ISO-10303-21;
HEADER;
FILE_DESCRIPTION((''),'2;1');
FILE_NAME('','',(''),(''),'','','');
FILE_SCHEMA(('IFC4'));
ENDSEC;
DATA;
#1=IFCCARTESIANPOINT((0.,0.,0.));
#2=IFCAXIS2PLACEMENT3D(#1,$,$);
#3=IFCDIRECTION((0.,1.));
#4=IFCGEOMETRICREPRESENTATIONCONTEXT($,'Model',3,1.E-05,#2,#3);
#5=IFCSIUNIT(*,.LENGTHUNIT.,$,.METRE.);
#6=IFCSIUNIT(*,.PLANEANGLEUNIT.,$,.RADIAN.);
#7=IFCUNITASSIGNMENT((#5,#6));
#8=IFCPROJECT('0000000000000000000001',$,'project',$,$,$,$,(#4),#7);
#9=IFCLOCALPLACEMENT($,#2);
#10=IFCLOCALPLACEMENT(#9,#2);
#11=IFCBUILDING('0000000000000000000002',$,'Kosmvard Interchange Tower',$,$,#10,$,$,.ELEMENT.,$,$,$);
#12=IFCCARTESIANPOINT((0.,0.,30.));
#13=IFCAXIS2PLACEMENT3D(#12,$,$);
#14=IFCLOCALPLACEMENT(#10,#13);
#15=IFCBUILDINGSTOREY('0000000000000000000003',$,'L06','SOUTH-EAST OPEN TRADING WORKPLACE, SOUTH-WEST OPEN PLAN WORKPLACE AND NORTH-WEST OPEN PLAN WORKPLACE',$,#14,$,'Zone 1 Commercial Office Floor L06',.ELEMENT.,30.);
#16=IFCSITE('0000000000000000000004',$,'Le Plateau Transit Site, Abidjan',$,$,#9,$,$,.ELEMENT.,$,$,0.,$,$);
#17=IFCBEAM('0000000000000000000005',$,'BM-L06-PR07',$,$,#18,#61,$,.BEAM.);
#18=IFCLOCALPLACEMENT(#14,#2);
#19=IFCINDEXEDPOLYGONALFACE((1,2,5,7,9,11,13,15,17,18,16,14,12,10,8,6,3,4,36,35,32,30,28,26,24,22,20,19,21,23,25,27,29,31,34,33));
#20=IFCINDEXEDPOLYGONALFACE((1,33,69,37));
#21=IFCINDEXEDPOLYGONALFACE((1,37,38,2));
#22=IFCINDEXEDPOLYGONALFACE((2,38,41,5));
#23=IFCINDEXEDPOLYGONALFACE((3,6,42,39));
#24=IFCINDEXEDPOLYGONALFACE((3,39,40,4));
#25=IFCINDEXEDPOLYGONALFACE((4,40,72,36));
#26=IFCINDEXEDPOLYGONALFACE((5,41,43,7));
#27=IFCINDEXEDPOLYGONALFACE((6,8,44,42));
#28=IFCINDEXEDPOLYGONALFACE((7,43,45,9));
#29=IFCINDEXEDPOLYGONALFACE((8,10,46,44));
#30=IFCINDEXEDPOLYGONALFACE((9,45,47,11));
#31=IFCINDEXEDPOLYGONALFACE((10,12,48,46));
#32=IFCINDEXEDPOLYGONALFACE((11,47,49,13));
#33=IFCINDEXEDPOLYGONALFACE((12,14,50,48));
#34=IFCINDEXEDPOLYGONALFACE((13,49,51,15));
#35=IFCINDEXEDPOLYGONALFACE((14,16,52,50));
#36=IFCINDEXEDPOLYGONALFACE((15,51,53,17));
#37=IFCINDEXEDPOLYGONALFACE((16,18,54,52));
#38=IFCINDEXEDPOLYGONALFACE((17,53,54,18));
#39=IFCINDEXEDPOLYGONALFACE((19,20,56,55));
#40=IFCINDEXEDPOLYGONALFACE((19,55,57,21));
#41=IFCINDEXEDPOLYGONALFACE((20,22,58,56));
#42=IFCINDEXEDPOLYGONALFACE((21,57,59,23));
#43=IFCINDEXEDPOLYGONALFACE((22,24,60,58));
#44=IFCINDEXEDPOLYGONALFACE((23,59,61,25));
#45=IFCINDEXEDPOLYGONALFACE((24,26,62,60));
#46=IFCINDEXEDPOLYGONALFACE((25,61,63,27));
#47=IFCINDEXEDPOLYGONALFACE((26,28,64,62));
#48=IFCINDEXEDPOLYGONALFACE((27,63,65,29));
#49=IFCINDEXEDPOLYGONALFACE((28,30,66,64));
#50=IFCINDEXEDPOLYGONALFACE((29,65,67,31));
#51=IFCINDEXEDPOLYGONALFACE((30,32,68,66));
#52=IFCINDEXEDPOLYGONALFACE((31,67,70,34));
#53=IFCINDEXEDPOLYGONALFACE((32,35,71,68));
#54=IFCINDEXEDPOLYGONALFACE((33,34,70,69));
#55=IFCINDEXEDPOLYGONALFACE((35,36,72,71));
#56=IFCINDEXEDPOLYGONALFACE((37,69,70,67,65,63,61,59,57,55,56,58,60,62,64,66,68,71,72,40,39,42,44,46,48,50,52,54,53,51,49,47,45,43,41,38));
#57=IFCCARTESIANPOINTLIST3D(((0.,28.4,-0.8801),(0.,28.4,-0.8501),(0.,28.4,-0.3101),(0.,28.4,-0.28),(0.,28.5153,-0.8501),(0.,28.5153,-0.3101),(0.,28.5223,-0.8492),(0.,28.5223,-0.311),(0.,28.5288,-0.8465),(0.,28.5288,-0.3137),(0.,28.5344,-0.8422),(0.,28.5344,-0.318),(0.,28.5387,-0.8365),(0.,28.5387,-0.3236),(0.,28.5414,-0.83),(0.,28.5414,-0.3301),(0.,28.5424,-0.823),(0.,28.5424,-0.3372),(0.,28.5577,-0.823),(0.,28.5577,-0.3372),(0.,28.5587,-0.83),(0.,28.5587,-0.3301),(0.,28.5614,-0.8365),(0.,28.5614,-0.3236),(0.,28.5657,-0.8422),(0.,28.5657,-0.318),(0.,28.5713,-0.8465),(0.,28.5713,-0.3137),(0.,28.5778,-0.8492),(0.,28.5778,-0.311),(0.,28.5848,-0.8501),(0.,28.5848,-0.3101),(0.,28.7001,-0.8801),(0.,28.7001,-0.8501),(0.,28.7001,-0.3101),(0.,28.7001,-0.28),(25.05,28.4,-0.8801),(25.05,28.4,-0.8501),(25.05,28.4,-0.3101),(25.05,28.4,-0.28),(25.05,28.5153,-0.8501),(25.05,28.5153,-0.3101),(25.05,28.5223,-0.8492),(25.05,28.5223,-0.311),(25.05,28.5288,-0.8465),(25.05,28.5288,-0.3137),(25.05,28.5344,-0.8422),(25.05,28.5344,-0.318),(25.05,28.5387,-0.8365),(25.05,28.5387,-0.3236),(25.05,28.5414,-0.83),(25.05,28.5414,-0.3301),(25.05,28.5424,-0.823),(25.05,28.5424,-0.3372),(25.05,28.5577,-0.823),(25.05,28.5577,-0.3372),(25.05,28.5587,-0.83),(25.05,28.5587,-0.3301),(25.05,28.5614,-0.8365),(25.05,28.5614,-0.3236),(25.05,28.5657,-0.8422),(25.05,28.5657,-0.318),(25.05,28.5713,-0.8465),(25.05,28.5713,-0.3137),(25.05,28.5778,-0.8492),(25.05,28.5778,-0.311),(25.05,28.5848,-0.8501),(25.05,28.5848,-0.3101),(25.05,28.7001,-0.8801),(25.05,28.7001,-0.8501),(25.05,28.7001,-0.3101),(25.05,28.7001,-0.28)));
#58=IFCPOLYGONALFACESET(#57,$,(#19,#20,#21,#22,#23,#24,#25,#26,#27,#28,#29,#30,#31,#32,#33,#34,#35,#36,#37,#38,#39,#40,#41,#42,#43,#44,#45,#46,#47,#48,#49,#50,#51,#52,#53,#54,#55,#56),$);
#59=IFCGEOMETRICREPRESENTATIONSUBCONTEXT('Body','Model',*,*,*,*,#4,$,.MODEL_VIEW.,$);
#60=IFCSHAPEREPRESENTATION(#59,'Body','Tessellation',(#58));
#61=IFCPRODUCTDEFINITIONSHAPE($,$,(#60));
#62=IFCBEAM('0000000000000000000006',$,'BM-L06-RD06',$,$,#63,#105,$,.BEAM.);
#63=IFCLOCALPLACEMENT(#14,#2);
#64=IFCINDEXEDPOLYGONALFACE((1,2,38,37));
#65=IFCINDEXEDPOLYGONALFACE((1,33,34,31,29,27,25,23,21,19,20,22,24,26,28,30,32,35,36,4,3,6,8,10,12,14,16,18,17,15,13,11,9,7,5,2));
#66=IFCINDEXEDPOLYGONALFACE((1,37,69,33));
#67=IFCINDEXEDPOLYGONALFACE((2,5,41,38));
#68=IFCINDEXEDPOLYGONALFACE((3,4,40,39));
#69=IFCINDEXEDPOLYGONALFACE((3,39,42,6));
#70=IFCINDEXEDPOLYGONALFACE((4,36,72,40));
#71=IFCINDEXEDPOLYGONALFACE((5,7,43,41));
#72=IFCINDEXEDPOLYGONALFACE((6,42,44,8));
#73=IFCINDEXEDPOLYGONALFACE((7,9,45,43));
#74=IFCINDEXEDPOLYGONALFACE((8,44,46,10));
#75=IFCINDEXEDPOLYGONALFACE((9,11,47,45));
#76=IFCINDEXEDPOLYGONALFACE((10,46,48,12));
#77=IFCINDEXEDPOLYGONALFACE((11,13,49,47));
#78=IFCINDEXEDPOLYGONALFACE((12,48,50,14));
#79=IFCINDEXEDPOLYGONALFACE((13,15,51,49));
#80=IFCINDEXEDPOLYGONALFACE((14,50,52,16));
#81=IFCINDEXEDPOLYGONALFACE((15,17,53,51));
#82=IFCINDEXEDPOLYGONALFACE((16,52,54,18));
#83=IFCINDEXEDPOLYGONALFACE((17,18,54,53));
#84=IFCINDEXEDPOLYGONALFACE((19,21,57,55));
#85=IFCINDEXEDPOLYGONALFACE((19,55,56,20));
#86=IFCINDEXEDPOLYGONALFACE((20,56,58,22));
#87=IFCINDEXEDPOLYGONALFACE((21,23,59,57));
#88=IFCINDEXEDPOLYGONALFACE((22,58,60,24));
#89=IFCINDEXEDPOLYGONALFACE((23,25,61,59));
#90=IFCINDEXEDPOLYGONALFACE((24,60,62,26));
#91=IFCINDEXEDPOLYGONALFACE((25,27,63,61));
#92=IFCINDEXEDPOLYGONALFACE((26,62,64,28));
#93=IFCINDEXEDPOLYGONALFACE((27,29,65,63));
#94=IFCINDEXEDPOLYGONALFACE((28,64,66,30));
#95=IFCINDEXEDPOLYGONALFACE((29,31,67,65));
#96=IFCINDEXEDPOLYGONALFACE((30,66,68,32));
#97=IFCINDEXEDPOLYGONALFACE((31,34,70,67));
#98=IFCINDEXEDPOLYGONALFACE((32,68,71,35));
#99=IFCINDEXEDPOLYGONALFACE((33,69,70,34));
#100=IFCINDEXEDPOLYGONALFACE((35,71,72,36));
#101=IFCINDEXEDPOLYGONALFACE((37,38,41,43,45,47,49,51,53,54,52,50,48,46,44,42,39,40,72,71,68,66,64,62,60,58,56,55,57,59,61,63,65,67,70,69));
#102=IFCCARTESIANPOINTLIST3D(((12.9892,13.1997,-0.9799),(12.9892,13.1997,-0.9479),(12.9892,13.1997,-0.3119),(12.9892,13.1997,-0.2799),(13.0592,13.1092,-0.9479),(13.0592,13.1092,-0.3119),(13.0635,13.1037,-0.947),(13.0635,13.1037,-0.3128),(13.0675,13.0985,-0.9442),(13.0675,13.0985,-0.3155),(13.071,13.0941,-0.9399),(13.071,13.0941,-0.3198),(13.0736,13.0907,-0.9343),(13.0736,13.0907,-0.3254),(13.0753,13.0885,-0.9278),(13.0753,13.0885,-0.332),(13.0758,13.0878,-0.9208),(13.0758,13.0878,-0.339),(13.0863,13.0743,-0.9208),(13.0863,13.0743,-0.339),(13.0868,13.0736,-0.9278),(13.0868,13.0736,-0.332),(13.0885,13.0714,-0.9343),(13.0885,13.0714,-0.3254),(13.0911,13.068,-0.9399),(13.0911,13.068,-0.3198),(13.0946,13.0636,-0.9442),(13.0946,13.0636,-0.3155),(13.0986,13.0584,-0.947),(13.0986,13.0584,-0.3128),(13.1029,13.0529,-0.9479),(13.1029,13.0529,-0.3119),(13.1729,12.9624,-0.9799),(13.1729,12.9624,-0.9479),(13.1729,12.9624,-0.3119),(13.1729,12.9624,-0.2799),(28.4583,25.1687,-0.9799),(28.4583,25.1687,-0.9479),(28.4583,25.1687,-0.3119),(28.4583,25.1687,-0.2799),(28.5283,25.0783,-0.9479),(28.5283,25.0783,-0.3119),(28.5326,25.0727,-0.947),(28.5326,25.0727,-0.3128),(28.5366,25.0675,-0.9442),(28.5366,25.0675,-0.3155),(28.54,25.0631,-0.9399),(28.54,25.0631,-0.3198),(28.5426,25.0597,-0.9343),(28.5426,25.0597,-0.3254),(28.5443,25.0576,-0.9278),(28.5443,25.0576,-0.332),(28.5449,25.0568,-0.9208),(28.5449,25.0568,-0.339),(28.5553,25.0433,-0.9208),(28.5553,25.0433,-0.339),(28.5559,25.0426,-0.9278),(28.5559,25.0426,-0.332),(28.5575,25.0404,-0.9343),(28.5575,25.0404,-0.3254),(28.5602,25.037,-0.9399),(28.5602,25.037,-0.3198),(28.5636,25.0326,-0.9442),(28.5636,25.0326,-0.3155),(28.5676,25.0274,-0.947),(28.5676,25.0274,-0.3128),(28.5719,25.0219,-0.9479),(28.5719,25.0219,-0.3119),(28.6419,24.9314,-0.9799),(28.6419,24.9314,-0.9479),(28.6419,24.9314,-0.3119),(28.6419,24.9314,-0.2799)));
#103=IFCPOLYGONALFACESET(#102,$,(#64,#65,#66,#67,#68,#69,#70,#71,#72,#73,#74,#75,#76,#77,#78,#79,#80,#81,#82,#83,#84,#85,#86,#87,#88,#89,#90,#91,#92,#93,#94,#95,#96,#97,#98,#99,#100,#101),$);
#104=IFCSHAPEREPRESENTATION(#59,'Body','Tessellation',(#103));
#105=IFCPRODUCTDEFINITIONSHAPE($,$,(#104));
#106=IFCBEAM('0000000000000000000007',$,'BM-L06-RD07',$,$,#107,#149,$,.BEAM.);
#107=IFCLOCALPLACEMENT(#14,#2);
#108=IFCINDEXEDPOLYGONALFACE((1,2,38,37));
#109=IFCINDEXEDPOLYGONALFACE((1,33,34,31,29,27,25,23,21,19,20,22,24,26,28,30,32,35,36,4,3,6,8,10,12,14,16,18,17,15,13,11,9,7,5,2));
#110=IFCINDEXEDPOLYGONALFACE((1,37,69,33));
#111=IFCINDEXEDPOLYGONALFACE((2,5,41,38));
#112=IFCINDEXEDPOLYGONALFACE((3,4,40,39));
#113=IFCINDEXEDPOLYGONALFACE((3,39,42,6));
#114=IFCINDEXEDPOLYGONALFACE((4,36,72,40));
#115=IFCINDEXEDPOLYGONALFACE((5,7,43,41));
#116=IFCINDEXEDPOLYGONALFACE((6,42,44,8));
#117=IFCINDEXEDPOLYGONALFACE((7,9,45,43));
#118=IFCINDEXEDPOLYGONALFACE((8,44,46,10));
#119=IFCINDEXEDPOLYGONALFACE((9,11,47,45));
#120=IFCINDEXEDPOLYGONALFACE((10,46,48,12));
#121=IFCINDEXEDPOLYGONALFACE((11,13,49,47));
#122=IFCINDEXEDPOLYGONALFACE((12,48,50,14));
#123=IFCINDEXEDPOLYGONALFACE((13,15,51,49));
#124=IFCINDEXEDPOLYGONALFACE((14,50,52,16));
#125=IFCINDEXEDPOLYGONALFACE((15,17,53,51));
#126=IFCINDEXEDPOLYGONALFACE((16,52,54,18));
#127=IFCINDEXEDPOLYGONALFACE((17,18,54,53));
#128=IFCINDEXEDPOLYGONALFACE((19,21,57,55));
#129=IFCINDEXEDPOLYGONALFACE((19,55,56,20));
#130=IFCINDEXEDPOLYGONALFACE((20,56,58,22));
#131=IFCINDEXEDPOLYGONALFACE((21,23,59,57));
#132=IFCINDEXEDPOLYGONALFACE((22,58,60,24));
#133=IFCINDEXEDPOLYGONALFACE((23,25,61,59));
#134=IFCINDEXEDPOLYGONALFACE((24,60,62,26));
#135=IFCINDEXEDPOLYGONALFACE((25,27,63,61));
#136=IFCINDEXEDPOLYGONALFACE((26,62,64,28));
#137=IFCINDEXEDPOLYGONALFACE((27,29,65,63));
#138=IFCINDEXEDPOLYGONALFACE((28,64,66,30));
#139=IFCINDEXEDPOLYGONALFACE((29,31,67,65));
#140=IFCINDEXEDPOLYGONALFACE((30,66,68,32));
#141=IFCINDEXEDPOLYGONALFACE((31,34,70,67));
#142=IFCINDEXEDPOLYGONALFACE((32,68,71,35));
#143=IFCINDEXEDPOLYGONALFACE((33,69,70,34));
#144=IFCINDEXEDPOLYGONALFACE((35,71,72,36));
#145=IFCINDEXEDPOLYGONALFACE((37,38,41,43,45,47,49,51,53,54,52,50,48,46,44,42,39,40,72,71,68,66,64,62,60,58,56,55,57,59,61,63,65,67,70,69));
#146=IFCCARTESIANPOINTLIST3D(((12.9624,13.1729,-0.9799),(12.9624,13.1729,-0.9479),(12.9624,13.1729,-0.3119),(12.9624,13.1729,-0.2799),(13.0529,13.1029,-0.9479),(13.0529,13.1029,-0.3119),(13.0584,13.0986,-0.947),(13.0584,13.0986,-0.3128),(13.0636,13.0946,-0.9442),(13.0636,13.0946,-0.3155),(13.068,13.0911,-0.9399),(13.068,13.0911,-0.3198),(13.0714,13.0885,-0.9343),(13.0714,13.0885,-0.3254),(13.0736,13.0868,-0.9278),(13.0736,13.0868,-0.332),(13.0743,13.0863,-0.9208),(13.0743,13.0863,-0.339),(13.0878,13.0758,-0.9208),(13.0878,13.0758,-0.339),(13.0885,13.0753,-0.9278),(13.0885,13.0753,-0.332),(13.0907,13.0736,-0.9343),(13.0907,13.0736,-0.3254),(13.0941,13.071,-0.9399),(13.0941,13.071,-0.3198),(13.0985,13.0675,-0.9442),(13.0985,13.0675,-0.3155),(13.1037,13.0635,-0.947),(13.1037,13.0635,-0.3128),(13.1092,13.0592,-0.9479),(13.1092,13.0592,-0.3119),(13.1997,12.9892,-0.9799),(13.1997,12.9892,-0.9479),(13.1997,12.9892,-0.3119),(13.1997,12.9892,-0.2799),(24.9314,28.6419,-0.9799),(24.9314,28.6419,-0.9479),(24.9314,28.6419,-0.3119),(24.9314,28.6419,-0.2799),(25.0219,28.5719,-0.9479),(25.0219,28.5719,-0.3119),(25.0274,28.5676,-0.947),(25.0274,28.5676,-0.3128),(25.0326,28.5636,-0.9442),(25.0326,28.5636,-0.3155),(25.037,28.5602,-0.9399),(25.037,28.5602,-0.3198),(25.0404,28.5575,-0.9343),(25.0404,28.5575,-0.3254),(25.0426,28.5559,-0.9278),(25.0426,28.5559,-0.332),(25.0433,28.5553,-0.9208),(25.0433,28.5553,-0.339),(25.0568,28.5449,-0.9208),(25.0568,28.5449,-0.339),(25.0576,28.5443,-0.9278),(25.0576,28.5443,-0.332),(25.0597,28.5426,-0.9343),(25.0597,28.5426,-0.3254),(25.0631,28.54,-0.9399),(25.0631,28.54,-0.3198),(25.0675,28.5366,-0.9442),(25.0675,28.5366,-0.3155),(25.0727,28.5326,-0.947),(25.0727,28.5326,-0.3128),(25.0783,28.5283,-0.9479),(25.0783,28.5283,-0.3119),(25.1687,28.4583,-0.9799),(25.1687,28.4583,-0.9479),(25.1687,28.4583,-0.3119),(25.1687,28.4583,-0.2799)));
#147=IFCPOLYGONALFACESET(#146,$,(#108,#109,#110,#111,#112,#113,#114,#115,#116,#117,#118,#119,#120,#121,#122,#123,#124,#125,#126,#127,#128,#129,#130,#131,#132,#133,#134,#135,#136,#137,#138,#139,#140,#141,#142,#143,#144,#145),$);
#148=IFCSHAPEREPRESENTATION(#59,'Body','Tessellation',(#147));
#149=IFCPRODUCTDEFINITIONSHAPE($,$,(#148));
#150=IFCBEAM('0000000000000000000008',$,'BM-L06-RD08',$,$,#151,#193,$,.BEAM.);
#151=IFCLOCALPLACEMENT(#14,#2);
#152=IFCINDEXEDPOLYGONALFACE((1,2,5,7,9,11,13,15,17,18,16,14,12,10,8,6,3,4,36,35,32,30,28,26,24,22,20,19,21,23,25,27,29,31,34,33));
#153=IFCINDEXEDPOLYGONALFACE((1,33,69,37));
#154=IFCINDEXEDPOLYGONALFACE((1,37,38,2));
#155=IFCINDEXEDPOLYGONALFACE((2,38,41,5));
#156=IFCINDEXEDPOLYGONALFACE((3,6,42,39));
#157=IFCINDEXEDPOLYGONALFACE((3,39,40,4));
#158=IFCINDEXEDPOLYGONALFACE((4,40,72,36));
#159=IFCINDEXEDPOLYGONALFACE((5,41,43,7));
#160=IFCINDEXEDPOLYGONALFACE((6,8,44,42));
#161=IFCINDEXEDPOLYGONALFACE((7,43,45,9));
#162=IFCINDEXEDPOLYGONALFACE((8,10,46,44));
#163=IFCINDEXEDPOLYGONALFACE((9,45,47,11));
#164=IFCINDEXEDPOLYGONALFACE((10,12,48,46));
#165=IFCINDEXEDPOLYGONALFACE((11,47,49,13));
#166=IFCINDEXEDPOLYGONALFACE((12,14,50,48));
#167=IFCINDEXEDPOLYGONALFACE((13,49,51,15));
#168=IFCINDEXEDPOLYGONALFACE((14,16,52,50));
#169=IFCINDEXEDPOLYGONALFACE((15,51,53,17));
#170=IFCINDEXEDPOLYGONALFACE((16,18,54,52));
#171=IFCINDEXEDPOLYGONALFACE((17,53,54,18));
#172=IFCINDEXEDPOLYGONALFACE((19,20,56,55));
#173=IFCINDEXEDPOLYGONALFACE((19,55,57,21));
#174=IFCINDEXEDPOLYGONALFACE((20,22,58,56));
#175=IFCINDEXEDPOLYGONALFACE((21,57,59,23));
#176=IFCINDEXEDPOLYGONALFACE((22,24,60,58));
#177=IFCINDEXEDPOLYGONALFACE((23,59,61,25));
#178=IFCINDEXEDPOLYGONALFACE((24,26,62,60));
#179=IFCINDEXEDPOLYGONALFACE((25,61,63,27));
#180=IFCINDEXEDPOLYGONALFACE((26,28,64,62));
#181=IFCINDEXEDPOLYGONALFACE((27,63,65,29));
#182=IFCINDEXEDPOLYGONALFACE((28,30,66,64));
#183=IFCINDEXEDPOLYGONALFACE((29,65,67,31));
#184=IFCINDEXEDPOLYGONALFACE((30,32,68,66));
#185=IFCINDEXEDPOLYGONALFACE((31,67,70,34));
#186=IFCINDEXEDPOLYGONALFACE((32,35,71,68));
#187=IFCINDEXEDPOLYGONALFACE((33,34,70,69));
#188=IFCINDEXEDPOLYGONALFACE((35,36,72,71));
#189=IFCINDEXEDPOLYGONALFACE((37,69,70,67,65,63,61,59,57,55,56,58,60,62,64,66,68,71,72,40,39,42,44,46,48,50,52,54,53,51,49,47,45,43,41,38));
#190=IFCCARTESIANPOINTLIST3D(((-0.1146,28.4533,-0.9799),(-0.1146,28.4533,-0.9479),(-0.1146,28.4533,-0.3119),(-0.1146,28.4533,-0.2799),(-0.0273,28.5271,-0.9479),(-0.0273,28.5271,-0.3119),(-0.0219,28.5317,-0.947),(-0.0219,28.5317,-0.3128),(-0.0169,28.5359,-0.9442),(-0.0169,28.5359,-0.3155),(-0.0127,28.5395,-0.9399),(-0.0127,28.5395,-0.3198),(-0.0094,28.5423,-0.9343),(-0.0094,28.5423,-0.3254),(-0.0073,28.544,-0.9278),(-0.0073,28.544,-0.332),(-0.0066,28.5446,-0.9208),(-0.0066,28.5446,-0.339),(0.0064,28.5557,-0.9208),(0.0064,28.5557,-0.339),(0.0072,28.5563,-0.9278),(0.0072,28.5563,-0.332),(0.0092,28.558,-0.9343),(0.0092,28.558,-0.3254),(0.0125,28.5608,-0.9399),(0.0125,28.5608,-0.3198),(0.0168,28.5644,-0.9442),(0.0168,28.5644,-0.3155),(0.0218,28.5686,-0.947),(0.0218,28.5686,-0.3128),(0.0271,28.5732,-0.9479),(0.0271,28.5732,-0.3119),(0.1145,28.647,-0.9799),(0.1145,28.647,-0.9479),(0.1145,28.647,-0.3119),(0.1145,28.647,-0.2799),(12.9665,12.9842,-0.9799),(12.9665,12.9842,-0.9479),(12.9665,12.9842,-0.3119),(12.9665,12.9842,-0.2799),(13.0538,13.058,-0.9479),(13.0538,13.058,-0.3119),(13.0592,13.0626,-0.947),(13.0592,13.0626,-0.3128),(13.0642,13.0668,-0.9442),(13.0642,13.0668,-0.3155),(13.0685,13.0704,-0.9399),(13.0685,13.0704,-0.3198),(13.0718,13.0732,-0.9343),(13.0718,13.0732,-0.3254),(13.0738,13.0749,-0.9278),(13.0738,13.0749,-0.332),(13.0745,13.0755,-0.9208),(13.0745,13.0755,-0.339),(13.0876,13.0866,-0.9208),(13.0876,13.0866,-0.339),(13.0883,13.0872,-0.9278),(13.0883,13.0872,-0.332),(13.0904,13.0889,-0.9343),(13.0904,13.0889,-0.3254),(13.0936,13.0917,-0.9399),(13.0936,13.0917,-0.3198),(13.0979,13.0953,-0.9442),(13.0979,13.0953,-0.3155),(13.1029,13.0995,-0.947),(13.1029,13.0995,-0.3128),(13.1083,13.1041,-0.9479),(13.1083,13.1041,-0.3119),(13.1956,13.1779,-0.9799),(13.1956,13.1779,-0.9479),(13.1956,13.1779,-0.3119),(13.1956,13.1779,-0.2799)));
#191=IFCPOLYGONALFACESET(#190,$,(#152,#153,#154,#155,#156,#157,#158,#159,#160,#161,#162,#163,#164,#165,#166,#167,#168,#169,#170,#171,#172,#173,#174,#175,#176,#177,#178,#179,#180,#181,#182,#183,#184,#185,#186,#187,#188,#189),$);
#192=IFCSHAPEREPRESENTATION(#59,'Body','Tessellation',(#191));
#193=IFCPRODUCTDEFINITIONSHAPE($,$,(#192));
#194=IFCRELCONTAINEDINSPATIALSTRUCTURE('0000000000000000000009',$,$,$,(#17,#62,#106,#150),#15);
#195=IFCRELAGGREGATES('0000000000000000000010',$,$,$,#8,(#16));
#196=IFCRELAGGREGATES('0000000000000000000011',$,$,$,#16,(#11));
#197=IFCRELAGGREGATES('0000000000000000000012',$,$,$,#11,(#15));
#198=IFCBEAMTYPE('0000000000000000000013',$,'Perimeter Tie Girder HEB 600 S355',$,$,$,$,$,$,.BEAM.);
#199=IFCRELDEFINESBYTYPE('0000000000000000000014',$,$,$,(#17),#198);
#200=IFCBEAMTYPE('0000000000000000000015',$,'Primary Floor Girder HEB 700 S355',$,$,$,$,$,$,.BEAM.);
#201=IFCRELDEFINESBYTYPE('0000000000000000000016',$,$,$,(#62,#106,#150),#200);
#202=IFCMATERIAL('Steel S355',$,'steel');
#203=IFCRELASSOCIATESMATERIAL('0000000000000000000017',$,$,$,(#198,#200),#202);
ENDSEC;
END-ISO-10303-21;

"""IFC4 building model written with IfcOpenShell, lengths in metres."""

from ifc_helpers import new_model, si_unit, direction, frame, origin, origin_2d, place, context, subcontext, project, spatial, i_section, extrude, source, transform, mapped, material, material_profile, profile_set, type_object, element, save


model = new_model("IFC4")

# Units and contexts
model_context = context("Model", 3, precision=1e-05, world=origin(), true_north=direction((0.0, 1.0)))
body_context = subcontext(model_context, "Body", "Model", "MODEL_VIEW")
ifc_project = project(units=[si_unit("LENGTHUNIT", "METRE"), si_unit("PLANEANGLEUNIT", "RADIAN")], contexts=[model_context])

# Site, building, storey
site_placement = place(None, origin())
site = spatial("IfcSite", under=ifc_project, at=site_placement, Name="Le Plateau Transit Site, Abidjan", CompositionType="ELEMENT", RefElevation=0.0)
building_placement = place(site_placement, origin())
building = spatial("IfcBuilding", under=site, at=building_placement, Name="Kosmvard Interchange Tower", CompositionType="ELEMENT")
storey_placement = place(building_placement, frame((0.0, 0.0, 30.0)))
storey = spatial("IfcBuildingStorey", under=building, at=storey_placement, Name="L06", Description="SOUTH-EAST OPEN TRADING WORKPLACE, SOUTH-WEST OPEN PLAN WORKPLACE AND NORTH-WEST OPEN PLAN WORKPLACE", LongName="Zone 1 Commercial Office Floor L06", CompositionType="ELEMENT", Elevation=30.0)

# Beams
ifc_material_1 = material(Name="Steel S355", Category="steel")
ifc_material_profile_1 = material_profile(ifc_material_1, i_section(OverallWidth=0.3, OverallDepth=0.6001, WebThickness=0.0154, FlangeThickness=0.03, FilletRadius=0.0271, at=origin_2d()), Name="HEB 600")
ifc_profile_set_1 = profile_set([ifc_material_profile_1], Name="Steel S355")
beam_type_1 = type_object("IfcBeamType", Name="Perimeter Tie Girder HEB 600 S355", PredefinedType="BEAM", material=ifc_profile_set_1)
shared_shape_1 = source(origin(), body_context, "Body", "SweptSolid", [
    extrude(i_section(OverallWidth=0.3, OverallDepth=0.6001, WebThickness=0.0154, FlangeThickness=0.03, FilletRadius=0.0271, at=origin_2d()), origin(), (0.0, 0.0, 1.0), 25.05),
])
beam_1_placement = place(storey_placement, frame((25.05, 28.55, -0.5801), z_axis=(-1.0, 0.0, 0.0), x_axis=(0.0, -1.0, 0.0)))
element("IfcBeam", 1, at=beam_1_placement, inside=storey, type_object=beam_type_1, Name="BM-L06-PR07", PredefinedType="BEAM", context=body_context, shape_type="MappedRepresentation", body=[
    mapped(shared_shape_1, transform((0.0, 0.0, 0.0), scale=1.0)),
])
ifc_material_profile_2 = material_profile(ifc_material_1, i_section(OverallWidth=0.3, OverallDepth=0.7, WebThickness=0.0171, FlangeThickness=0.032, FilletRadius=0.0271, at=origin_2d()), Name="HEB 700")
ifc_profile_set_2 = profile_set([ifc_material_profile_2], Name="Steel S355")
beam_type_2 = type_object("IfcBeamType", Name="Primary Floor Girder HEB 700 S355", PredefinedType="BEAM", material=ifc_profile_set_2)
shared_shape_2 = source(origin(), body_context, "Body", "SweptSolid", [
    extrude(i_section(OverallWidth=0.3, OverallDepth=0.7, WebThickness=0.0171, FlangeThickness=0.032, FilletRadius=0.0271, at=origin_2d()), origin(), (0.0, 0.0, 1.0), 19.5588),
])
for number, where, z_axis, x_axis, name in (
    (2, (13.0811, 13.0811, -0.6299), (0.790897, 0.611949, 0.0), (-0.611949, 0.790897, 0.0), "BM-L06-RD06"),
    (3, (13.0811, 13.0811, -0.6299), (0.611949, 0.790897, 0.0), (-0.790897, 0.611949, 0.0), "BM-L06-RD07"),
):
    element("IfcBeam", number, at=place(storey_placement, frame(where, z_axis=z_axis, x_axis=x_axis)), inside=storey, type_object=beam_type_2, Name=name, PredefinedType="BEAM", context=body_context, shape_type="MappedRepresentation", body=[
        mapped(shared_shape_2, transform((0.0, 0.0, 0.0), scale=1.0)),
    ])
shared_shape_3 = source(origin(), body_context, "Body", "SweptSolid", [
    extrude(i_section(OverallWidth=0.3, OverallDepth=0.7, WebThickness=0.0171, FlangeThickness=0.032, FilletRadius=0.0271, at=origin_2d()), origin(), (0.0, 0.0, 1.0), 20.2585),
])
beam_2_placement = place(storey_placement, frame((13.0811, 13.0811, -0.6299), z_axis=(-0.645709, 0.763583, 0.0), x_axis=(-0.763583, -0.645709, 0.0)))
element("IfcBeam", 4, at=beam_2_placement, inside=storey, type_object=beam_type_2, Name="BM-L06-RD08", PredefinedType="BEAM", context=body_context, shape_type="MappedRepresentation", body=[
    mapped(shared_shape_3, transform((0.0, 0.0, 0.0), scale=1.0)),
])

save(model, "model.ifc")
